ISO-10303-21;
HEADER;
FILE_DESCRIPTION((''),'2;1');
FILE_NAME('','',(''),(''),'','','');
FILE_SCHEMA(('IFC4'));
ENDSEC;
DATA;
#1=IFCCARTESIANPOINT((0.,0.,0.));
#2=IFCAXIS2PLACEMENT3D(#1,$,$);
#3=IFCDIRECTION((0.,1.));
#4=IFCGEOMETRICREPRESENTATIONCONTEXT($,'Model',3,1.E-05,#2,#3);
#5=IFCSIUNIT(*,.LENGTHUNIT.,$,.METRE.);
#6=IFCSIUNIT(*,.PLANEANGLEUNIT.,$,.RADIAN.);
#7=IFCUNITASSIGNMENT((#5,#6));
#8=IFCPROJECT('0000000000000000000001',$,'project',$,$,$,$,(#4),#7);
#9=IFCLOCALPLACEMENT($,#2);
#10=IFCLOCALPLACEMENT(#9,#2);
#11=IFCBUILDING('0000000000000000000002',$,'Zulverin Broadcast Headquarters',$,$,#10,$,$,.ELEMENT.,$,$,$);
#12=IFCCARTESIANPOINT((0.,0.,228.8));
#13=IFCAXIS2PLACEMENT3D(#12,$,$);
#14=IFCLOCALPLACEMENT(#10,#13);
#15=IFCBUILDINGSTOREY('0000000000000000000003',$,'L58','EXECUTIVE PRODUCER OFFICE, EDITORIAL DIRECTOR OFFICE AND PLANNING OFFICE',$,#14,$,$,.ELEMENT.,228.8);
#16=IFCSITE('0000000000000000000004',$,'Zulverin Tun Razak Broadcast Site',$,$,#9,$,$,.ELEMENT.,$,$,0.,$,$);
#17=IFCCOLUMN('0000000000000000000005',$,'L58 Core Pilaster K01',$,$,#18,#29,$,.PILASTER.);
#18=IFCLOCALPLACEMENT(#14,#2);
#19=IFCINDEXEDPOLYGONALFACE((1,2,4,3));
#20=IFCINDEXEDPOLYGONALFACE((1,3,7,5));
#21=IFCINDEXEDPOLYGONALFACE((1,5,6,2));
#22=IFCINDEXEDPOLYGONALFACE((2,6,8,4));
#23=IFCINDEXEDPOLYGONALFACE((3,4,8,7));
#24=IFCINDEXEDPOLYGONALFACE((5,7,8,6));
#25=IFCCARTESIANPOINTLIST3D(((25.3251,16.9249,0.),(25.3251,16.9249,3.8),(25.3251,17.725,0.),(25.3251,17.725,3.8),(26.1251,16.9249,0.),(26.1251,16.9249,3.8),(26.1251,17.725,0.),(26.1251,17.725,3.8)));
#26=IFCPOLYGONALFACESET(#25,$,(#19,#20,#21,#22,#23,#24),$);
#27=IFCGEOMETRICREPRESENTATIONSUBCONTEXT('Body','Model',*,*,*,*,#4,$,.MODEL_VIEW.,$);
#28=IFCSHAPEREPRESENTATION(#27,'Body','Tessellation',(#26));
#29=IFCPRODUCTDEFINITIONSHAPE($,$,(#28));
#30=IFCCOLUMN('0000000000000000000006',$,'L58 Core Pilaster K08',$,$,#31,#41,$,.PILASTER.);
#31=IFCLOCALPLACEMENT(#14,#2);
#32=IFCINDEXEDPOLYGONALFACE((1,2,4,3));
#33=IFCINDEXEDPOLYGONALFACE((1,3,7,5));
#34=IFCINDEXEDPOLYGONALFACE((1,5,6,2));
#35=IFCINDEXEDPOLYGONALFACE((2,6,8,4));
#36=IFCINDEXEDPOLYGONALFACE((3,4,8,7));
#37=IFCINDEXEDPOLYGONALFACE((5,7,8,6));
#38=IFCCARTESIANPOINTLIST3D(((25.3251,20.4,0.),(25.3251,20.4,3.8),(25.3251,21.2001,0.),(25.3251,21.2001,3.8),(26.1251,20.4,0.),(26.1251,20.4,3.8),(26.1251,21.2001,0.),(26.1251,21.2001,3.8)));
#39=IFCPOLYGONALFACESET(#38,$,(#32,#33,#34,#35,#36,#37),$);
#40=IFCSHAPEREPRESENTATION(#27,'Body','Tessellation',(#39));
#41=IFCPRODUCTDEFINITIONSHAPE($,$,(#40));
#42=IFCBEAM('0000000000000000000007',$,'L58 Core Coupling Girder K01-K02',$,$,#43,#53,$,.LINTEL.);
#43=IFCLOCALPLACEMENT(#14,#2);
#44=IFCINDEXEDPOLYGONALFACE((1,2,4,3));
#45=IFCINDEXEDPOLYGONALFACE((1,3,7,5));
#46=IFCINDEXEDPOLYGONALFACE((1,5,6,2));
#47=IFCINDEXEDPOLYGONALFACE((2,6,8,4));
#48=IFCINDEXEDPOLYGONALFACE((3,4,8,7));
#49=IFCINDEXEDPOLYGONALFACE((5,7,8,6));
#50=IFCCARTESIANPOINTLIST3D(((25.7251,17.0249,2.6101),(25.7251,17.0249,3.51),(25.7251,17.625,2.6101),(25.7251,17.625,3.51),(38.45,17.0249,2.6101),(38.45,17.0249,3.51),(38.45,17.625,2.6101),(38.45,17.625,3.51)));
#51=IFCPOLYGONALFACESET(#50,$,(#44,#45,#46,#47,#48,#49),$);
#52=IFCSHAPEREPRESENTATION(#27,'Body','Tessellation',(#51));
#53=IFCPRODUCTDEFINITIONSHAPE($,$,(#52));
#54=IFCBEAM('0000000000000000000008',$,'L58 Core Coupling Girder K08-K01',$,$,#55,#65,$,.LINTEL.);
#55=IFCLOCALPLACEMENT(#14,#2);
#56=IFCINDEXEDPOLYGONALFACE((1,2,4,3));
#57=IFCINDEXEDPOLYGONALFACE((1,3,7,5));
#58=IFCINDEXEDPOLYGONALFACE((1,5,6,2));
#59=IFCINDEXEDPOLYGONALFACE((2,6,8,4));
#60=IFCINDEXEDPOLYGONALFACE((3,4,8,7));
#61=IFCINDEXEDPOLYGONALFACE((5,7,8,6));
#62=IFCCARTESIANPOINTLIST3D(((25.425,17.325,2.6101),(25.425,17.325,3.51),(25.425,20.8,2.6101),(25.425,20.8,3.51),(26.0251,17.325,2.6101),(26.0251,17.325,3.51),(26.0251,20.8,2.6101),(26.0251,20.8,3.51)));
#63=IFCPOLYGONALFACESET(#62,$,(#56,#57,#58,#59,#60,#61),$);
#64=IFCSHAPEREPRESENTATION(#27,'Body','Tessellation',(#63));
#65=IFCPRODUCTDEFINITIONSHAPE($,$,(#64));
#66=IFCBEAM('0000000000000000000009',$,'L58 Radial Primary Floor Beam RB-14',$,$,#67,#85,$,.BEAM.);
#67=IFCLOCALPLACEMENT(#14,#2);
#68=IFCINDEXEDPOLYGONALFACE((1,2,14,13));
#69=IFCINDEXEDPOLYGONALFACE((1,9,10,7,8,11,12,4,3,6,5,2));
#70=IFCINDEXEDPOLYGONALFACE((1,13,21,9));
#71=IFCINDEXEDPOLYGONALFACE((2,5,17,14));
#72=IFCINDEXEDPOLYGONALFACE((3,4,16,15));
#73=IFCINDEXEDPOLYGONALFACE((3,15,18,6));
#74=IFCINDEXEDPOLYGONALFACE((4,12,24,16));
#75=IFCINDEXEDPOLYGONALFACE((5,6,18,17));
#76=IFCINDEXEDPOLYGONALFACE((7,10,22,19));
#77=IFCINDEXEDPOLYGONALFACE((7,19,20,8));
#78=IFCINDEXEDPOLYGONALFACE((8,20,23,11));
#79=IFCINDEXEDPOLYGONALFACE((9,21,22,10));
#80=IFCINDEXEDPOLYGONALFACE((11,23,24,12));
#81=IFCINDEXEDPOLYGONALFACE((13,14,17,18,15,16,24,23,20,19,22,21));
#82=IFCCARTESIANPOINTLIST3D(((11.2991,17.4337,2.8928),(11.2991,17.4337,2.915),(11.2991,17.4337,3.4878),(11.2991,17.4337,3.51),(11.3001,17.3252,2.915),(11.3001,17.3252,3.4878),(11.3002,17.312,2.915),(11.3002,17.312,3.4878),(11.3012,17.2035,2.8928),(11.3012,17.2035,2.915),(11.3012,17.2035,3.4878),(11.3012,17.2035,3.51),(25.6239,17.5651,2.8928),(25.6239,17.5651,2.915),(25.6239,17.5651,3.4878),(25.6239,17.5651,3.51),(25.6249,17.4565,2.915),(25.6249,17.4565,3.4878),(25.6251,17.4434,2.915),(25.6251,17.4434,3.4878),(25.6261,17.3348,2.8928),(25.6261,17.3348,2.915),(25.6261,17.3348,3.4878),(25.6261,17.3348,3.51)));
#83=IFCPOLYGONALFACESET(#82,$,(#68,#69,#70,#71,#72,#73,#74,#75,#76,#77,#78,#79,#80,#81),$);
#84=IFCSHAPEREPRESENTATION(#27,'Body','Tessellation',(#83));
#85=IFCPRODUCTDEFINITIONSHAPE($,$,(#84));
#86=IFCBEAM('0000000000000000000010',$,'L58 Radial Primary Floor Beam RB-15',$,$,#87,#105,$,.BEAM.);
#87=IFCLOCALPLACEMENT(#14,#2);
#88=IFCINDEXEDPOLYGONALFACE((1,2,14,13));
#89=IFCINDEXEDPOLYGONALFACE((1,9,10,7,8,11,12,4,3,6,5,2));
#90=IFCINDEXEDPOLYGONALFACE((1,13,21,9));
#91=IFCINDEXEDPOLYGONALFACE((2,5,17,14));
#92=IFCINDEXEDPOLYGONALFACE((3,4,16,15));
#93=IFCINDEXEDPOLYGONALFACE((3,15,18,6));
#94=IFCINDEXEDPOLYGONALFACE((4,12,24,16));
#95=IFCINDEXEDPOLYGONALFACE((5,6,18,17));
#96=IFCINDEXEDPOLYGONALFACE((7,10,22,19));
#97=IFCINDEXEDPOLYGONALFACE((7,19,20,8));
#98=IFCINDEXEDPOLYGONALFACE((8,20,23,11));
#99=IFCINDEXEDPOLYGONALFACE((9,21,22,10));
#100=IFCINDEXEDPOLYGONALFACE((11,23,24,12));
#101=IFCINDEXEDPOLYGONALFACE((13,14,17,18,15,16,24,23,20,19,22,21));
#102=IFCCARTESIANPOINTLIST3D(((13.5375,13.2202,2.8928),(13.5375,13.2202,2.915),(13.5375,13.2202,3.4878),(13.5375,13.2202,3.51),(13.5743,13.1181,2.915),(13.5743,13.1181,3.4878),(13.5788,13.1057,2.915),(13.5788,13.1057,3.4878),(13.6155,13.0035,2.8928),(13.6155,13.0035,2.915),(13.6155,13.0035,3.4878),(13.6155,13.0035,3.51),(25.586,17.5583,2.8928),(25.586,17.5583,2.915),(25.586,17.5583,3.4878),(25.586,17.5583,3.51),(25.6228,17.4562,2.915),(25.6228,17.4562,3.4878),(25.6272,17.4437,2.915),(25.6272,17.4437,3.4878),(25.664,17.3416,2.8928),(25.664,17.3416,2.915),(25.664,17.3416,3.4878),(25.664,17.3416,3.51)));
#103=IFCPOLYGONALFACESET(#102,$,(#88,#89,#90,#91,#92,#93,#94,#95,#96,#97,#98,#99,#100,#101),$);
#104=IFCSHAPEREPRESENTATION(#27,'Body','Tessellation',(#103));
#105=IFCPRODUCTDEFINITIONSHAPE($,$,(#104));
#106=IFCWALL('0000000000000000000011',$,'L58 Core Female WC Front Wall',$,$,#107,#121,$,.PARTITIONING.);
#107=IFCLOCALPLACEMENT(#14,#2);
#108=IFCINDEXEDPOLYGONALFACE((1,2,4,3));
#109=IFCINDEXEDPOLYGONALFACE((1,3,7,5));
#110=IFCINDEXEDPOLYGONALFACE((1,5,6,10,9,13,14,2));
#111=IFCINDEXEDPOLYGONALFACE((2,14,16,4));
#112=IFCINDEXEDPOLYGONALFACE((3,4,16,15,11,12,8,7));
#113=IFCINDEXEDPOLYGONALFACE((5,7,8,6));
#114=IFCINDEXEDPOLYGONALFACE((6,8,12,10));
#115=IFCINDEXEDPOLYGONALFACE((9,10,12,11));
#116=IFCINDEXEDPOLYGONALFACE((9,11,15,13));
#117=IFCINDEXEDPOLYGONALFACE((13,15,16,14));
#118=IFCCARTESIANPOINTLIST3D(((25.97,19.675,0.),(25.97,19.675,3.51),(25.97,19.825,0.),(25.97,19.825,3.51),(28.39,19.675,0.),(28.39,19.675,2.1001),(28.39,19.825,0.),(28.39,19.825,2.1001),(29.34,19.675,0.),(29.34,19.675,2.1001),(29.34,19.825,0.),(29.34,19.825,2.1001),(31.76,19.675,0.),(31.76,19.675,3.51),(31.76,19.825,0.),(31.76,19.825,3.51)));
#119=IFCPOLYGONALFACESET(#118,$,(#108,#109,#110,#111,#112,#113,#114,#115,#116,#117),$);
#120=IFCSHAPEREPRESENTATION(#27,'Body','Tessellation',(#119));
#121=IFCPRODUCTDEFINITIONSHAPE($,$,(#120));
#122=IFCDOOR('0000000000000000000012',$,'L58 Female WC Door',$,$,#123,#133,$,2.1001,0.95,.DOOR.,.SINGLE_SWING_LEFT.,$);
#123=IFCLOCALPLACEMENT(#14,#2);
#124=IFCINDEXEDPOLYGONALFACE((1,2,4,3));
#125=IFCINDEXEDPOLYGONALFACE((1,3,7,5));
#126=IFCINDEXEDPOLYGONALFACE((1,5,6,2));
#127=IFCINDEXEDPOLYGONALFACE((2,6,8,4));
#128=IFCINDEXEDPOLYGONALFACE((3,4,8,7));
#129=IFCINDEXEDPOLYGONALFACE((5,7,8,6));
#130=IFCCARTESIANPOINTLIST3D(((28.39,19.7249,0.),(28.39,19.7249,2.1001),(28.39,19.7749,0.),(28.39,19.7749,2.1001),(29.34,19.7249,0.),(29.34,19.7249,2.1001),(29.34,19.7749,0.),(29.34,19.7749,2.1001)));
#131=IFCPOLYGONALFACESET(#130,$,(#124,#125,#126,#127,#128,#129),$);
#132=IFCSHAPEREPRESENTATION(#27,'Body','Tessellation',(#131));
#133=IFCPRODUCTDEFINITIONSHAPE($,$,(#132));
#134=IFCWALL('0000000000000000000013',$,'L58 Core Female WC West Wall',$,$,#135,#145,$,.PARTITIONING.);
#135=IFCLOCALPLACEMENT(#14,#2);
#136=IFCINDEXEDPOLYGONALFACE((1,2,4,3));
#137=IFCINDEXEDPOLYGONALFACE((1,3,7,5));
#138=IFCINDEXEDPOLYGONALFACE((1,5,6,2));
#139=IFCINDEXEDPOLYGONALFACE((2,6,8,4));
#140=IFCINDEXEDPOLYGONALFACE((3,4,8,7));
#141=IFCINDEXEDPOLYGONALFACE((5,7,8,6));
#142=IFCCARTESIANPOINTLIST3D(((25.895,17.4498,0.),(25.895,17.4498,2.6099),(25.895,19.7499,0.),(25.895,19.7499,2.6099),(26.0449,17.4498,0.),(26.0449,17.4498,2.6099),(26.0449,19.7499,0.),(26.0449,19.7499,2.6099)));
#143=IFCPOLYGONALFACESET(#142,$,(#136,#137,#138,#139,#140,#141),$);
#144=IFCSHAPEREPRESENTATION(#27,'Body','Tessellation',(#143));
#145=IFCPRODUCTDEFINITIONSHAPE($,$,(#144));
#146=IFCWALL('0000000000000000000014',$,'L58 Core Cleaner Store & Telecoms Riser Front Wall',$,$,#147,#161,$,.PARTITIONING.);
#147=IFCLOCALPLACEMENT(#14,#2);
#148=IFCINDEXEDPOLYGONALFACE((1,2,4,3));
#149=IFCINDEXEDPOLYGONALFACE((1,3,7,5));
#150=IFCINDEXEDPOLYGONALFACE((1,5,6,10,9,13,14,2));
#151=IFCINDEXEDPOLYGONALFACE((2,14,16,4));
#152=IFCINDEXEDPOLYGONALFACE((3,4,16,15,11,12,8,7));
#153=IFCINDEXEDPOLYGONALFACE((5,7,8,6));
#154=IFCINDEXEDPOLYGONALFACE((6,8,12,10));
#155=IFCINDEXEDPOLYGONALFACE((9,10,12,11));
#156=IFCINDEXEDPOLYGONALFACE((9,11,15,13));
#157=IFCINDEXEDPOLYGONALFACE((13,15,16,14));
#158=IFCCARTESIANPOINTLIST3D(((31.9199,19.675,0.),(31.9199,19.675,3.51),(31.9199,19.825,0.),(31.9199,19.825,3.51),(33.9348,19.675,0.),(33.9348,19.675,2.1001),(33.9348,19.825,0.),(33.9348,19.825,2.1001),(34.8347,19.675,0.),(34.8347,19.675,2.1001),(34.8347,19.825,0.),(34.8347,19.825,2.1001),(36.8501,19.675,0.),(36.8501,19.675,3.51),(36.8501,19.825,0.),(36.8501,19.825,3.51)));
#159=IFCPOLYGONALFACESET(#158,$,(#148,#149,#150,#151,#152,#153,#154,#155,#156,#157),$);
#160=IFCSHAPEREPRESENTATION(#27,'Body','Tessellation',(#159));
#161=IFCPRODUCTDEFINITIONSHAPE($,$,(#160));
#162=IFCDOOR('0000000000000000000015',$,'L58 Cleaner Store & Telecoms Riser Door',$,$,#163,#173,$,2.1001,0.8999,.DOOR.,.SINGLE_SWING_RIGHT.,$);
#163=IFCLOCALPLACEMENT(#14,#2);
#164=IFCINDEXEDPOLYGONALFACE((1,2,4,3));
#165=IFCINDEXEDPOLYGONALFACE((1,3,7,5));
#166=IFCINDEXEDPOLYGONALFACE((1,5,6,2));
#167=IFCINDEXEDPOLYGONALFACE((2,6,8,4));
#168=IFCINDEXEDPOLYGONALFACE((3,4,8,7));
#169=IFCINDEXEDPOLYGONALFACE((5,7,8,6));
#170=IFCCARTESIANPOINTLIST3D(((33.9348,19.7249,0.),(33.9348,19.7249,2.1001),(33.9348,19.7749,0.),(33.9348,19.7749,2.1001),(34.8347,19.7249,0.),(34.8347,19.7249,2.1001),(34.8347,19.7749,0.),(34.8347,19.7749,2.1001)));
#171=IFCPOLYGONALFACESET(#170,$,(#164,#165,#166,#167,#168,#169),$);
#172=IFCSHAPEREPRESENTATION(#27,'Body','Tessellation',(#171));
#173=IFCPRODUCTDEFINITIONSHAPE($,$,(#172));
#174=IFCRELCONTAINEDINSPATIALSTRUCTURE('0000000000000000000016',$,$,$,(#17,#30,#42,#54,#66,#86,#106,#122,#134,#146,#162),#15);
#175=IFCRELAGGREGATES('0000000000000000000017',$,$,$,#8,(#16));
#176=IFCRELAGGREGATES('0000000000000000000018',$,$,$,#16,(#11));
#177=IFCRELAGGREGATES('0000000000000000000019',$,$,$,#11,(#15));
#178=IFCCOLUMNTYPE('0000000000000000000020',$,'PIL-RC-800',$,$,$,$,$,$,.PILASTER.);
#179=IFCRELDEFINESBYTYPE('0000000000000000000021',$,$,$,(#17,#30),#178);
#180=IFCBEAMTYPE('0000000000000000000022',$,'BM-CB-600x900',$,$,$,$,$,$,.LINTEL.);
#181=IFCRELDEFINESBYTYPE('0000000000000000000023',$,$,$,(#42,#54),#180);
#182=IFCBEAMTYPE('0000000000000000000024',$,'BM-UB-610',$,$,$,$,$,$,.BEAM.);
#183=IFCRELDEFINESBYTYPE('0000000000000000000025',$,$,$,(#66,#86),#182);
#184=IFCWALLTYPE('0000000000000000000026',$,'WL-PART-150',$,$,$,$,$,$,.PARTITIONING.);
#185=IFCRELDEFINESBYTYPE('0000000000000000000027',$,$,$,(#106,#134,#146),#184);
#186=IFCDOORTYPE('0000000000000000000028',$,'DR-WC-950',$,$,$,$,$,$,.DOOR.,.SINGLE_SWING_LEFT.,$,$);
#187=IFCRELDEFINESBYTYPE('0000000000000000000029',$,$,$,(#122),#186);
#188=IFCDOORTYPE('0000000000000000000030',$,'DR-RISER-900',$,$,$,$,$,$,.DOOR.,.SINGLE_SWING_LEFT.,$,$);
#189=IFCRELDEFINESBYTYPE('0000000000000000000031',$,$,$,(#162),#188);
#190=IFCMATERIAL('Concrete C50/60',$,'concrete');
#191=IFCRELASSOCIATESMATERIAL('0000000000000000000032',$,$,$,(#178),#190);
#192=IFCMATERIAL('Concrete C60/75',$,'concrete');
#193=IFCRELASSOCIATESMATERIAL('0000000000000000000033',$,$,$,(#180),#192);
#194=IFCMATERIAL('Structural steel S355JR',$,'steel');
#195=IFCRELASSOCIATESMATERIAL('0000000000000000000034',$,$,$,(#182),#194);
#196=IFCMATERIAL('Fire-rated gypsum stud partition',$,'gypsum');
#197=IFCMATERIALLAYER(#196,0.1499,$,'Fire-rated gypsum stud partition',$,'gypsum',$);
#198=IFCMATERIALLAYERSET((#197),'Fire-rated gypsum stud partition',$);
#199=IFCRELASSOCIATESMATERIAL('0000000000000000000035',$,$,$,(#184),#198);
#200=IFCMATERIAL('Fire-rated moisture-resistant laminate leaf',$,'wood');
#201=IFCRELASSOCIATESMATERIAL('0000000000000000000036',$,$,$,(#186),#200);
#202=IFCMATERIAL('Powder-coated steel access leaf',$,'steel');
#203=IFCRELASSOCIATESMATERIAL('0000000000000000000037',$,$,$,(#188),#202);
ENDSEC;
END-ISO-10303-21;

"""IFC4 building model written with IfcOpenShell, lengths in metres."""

from ifc_helpers import new_model, si_unit, direction, frame, frame_2d, origin, origin_2d, place, context, subcontext, project, spatial, rectangle, i_section, extrude, material, layer, layer_set, material_profile, profile_set, type_object, element, fill, save


model = new_model("IFC4")

# Units and contexts
model_context = context("Model", 3, precision=1e-05, world=origin(), true_north=direction((0.0, 1.0)))
body_context = subcontext(model_context, "Body", "Model", "MODEL_VIEW")
ifc_project = project(units=[si_unit("LENGTHUNIT", "METRE"), si_unit("PLANEANGLEUNIT", "RADIAN")], contexts=[model_context])

# Site, building, storey
site_placement = place(None, origin())
site = spatial("IfcSite", under=ifc_project, at=site_placement, Name="Zulverin Tun Razak Broadcast Site", CompositionType="ELEMENT", RefElevation=0.0)
building_placement = place(site_placement, origin())
building = spatial("IfcBuilding", under=site, at=building_placement, Name="Zulverin Broadcast Headquarters", CompositionType="ELEMENT")
storey_placement = place(building_placement, frame((0.0, 0.0, 228.8)))
storey = spatial("IfcBuildingStorey", under=building, at=storey_placement, Name="L58", Description="EXECUTIVE PRODUCER OFFICE, EDITORIAL DIRECTOR OFFICE AND PLANNING OFFICE", CompositionType="ELEMENT", Elevation=228.8)

# Columns
ifc_material_1 = material(Name="Concrete C50/60", Category="concrete")
ifc_material_profile_1 = material_profile(ifc_material_1, rectangle(XDim=0.8, YDim=0.8, at=origin_2d()), Name="Concrete C50/60", Category="concrete")
ifc_profile_set_1 = profile_set([ifc_material_profile_1], Name="Concrete C50/60")
column_type = type_object("IfcColumnType", Name="PIL-RC-800", PredefinedType="PILASTER", material=ifc_profile_set_1)
for number, where, z_axis, x_axis, name in (
    (1, (25.7251, 17.325, 0.0), (0.0, 0.0, 1.0), (1.0, 0.0, 0.0), "L58 Core Pilaster K01"),
    (2, (25.7251, 20.8, 0.0), (0.0, 0.0, 1.0), (1.0, 0.0, 0.0), "L58 Core Pilaster K08"),
):
    element("IfcColumn", number, at=place(storey_placement, frame(where, z_axis=z_axis, x_axis=x_axis)), inside=storey, type_object=column_type, Name=name, PredefinedType="PILASTER", context=body_context, shape_type="SweptSolid", body=[
        extrude(rectangle(XDim=0.8, YDim=0.8, at=origin_2d()), origin(), (0.0, 0.0, 1.0), 3.8),
    ])

# Beams
ifc_material_2 = material(Name="Concrete C60/75", Category="concrete")
ifc_material_profile_2 = material_profile(ifc_material_2, rectangle(XDim=0.6001, YDim=0.8999, at=origin_2d()), Name="Concrete C60/75", Category="concrete")
ifc_profile_set_2 = profile_set([ifc_material_profile_2], Name="Concrete C60/75")
beam_type_1 = type_object("IfcBeamType", Name="BM-CB-600x900", PredefinedType="LINTEL", material=ifc_profile_set_2)
beam_1_placement = place(storey_placement, frame((25.7251, 17.325, 3.0601), z_axis=(1.0, 0.0, 0.0), x_axis=(0.0, 1.0, 0.0)))
element("IfcBeam", 3, at=beam_1_placement, inside=storey, type_object=beam_type_1, Name="L58 Core Coupling Girder K01-K02", PredefinedType="LINTEL", context=body_context, shape_type="SweptSolid", body=[
    extrude(rectangle(XDim=0.6001, YDim=0.8999, at=origin_2d()), origin(), (0.0, 0.0, 1.0), 12.7249),
])
beam_2_placement = place(storey_placement, frame((25.7251, 20.8, 3.0601), z_axis=(0.0, -1.0, 0.0), x_axis=(1.0, 0.0, 0.0)))
element("IfcBeam", 4, at=beam_2_placement, inside=storey, type_object=beam_type_1, Name="L58 Core Coupling Girder K08-K01", PredefinedType="LINTEL", context=body_context, shape_type="SweptSolid", body=[
    extrude(rectangle(XDim=0.6001, YDim=0.8999, at=origin_2d()), origin(), (0.0, 0.0, 1.0), 3.4751),
])
ifc_material_3 = material(Name="Structural steel S355JR", Category="steel")
ifc_material_profile_3 = material_profile(ifc_material_3, i_section(OverallWidth=0.2302, OverallDepth=0.6172, WebThickness=0.0132, FlangeThickness=0.0222, at=origin_2d()), Name="Structural steel S355JR", Category="steel")
ifc_profile_set_3 = profile_set([ifc_material_profile_3], Name="Structural steel S355JR")
beam_type_2 = type_object("IfcBeamType", Name="BM-UB-610", PredefinedType="BEAM", material=ifc_profile_set_3)
beam_3_placement = place(storey_placement, frame((25.625, 17.45, 3.2014), z_axis=(-0.999958, -0.009169, 0.0), x_axis=(0.009169, -0.999958, 0.0)))
element("IfcBeam", 5, at=beam_3_placement, inside=storey, type_object=beam_type_2, Name="L58 Radial Primary Floor Beam RB-14", PredefinedType="BEAM", context=body_context, shape_type="SweptSolid", body=[
    extrude(i_section(OverallWidth=0.2302, OverallDepth=0.6172, WebThickness=0.0132, FlangeThickness=0.0222, at=origin_2d()), origin(), (0.0, 0.0, 1.0), 14.3254),
])
beam_4_placement = place(storey_placement, frame((25.625, 17.45, 3.2014), z_axis=(-0.940871, -0.338764, 0.0), x_axis=(0.338764, -0.940871, 0.0)))
element("IfcBeam", 6, at=beam_4_placement, inside=storey, type_object=beam_type_2, Name="L58 Radial Primary Floor Beam RB-15", PredefinedType="BEAM", context=body_context, shape_type="SweptSolid", body=[
    extrude(i_section(OverallWidth=0.2302, OverallDepth=0.6172, WebThickness=0.0132, FlangeThickness=0.0222, at=origin_2d()), origin(), (0.0, 0.0, 1.0), 12.8057),
])

# Wall, opening, door
ifc_material_4 = material(Name="Fire-rated gypsum stud partition", Category="gypsum")
ifc_layer_1 = layer(ifc_material_4, 0.1499, Name="Fire-rated gypsum stud partition", Category="gypsum")
ifc_layer_set_1 = layer_set([ifc_layer_1], Name="Fire-rated gypsum stud partition")
wall_type_1 = type_object("IfcWallType", Name="WL-PART-150", PredefinedType="PARTITIONING", material=ifc_layer_set_1)
wall_1_placement = place(storey_placement, frame((25.97, 19.75, 0.0), z_axis=(0.0, 0.0, 1.0), x_axis=(1.0, 0.0, 0.0)))
wall_1 = element("IfcWall", 7, at=wall_1_placement, inside=storey, type_object=wall_type_1, Name="L58 Core Female WC Front Wall", PredefinedType="PARTITIONING", context=body_context, shape_type="SweptSolid", body=[
    extrude(rectangle(XDim=5.79, YDim=0.1499, at=frame_2d((2.895, 0.0))), origin(), (0.0, 0.0, 1.0), 3.51),
])
opening_1_placement = place(wall_1_placement, frame((2.4199, 0.0, 0.0)))
opening_1 = element("IfcOpeningElement", 8, at=opening_1_placement, cuts=wall_1, PredefinedType="OPENING", context=body_context, shape_type="SweptSolid", body=[
    extrude(rectangle(XDim=0.95, YDim=2.1001, at=frame_2d((0.4751, 1.05))), frame((0.0, 0.085, 0.0), z_axis=(0.0, -1.0, 0.0), x_axis=(1.0, 0.0, 0.0)), (0.0, 0.0, 1.0), 0.1699),
])
ifc_material_5 = material(Name="Fire-rated moisture-resistant laminate leaf", Category="wood")
door_type_1 = type_object("IfcDoorType", Name="DR-WC-950", OperationType="SINGLE_SWING_LEFT", PredefinedType="DOOR", material=ifc_material_5)
door_1_placement = place(opening_1_placement, origin())
door_1 = element("IfcDoor", 9, at=door_1_placement, inside=storey, type_object=door_type_1, Name="L58 Female WC Door", OperationType="SINGLE_SWING_LEFT", OverallHeight=2.1001, OverallWidth=0.95, PredefinedType="DOOR", context=body_context, shape_type="SweptSolid", body=[
    extrude(rectangle(XDim=0.95, YDim=2.1001, at=frame_2d((0.4751, 1.05))), frame((0.0, 0.0249, 0.0), z_axis=(0.0, -1.0, 0.0), x_axis=(1.0, 0.0, 0.0)), (0.0, 0.0, 1.0), 0.05),
])
fill(opening_1, door_1)

# Wall
wall_2_placement = place(storey_placement, frame((25.97, 17.45, 0.0), z_axis=(0.0, 0.0, 1.0), x_axis=(0.0, 1.0, 0.0)))
element("IfcWall", 10, at=wall_2_placement, inside=storey, type_object=wall_type_1, Name="L58 Core Female WC West Wall", PredefinedType="PARTITIONING", context=body_context, shape_type="SweptSolid", body=[
    extrude(rectangle(XDim=2.3, YDim=0.1499, at=frame_2d((1.1499, 0.0))), origin(), (0.0, 0.0, 1.0), 2.6099),
])

# Wall, opening, door
wall_3_placement = place(storey_placement, frame((31.9199, 19.75, 0.0), z_axis=(0.0, 0.0, 1.0), x_axis=(1.0, 0.0, 0.0)))
wall_3 = element("IfcWall", 11, at=wall_3_placement, inside=storey, type_object=wall_type_1, Name="L58 Core Cleaner Store & Telecoms Riser Front Wall", PredefinedType="PARTITIONING", context=body_context, shape_type="SweptSolid", body=[
    extrude(rectangle(XDim=4.9302, YDim=0.1499, at=frame_2d((2.4651, 0.0))), origin(), (0.0, 0.0, 1.0), 3.51),
])
opening_2_placement = place(wall_3_placement, frame((2.0149, 0.0, 0.0)))
opening_2 = element("IfcOpeningElement", 12, at=opening_2_placement, cuts=wall_3, PredefinedType="OPENING", context=body_context, shape_type="SweptSolid", body=[
    extrude(rectangle(XDim=0.8999, YDim=2.1001, at=frame_2d((0.45, 1.05))), frame((0.0, 0.085, 0.0), z_axis=(0.0, -1.0, 0.0), x_axis=(1.0, 0.0, 0.0)), (0.0, 0.0, 1.0), 0.1699),
])
ifc_material_6 = material(Name="Powder-coated steel access leaf", Category="steel")
door_type_2 = type_object("IfcDoorType", Name="DR-RISER-900", OperationType="SINGLE_SWING_LEFT", PredefinedType="DOOR", material=ifc_material_6)
door_2_placement = place(opening_2_placement, origin())
door_2 = element("IfcDoor", 13, at=door_2_placement, inside=storey, type_object=door_type_2, Name="L58 Cleaner Store & Telecoms Riser Door", OperationType="SINGLE_SWING_RIGHT", OverallHeight=2.1001, OverallWidth=0.8999, PredefinedType="DOOR", context=body_context, shape_type="SweptSolid", body=[
    extrude(rectangle(XDim=0.8999, YDim=2.1001, at=frame_2d((0.45, 1.05))), frame((0.0, 0.0249, 0.0), z_axis=(0.0, -1.0, 0.0), x_axis=(1.0, 0.0, 0.0)), (0.0, 0.0, 1.0), 0.05),
])
fill(opening_2, door_2)

save(model, "model.ifc")
